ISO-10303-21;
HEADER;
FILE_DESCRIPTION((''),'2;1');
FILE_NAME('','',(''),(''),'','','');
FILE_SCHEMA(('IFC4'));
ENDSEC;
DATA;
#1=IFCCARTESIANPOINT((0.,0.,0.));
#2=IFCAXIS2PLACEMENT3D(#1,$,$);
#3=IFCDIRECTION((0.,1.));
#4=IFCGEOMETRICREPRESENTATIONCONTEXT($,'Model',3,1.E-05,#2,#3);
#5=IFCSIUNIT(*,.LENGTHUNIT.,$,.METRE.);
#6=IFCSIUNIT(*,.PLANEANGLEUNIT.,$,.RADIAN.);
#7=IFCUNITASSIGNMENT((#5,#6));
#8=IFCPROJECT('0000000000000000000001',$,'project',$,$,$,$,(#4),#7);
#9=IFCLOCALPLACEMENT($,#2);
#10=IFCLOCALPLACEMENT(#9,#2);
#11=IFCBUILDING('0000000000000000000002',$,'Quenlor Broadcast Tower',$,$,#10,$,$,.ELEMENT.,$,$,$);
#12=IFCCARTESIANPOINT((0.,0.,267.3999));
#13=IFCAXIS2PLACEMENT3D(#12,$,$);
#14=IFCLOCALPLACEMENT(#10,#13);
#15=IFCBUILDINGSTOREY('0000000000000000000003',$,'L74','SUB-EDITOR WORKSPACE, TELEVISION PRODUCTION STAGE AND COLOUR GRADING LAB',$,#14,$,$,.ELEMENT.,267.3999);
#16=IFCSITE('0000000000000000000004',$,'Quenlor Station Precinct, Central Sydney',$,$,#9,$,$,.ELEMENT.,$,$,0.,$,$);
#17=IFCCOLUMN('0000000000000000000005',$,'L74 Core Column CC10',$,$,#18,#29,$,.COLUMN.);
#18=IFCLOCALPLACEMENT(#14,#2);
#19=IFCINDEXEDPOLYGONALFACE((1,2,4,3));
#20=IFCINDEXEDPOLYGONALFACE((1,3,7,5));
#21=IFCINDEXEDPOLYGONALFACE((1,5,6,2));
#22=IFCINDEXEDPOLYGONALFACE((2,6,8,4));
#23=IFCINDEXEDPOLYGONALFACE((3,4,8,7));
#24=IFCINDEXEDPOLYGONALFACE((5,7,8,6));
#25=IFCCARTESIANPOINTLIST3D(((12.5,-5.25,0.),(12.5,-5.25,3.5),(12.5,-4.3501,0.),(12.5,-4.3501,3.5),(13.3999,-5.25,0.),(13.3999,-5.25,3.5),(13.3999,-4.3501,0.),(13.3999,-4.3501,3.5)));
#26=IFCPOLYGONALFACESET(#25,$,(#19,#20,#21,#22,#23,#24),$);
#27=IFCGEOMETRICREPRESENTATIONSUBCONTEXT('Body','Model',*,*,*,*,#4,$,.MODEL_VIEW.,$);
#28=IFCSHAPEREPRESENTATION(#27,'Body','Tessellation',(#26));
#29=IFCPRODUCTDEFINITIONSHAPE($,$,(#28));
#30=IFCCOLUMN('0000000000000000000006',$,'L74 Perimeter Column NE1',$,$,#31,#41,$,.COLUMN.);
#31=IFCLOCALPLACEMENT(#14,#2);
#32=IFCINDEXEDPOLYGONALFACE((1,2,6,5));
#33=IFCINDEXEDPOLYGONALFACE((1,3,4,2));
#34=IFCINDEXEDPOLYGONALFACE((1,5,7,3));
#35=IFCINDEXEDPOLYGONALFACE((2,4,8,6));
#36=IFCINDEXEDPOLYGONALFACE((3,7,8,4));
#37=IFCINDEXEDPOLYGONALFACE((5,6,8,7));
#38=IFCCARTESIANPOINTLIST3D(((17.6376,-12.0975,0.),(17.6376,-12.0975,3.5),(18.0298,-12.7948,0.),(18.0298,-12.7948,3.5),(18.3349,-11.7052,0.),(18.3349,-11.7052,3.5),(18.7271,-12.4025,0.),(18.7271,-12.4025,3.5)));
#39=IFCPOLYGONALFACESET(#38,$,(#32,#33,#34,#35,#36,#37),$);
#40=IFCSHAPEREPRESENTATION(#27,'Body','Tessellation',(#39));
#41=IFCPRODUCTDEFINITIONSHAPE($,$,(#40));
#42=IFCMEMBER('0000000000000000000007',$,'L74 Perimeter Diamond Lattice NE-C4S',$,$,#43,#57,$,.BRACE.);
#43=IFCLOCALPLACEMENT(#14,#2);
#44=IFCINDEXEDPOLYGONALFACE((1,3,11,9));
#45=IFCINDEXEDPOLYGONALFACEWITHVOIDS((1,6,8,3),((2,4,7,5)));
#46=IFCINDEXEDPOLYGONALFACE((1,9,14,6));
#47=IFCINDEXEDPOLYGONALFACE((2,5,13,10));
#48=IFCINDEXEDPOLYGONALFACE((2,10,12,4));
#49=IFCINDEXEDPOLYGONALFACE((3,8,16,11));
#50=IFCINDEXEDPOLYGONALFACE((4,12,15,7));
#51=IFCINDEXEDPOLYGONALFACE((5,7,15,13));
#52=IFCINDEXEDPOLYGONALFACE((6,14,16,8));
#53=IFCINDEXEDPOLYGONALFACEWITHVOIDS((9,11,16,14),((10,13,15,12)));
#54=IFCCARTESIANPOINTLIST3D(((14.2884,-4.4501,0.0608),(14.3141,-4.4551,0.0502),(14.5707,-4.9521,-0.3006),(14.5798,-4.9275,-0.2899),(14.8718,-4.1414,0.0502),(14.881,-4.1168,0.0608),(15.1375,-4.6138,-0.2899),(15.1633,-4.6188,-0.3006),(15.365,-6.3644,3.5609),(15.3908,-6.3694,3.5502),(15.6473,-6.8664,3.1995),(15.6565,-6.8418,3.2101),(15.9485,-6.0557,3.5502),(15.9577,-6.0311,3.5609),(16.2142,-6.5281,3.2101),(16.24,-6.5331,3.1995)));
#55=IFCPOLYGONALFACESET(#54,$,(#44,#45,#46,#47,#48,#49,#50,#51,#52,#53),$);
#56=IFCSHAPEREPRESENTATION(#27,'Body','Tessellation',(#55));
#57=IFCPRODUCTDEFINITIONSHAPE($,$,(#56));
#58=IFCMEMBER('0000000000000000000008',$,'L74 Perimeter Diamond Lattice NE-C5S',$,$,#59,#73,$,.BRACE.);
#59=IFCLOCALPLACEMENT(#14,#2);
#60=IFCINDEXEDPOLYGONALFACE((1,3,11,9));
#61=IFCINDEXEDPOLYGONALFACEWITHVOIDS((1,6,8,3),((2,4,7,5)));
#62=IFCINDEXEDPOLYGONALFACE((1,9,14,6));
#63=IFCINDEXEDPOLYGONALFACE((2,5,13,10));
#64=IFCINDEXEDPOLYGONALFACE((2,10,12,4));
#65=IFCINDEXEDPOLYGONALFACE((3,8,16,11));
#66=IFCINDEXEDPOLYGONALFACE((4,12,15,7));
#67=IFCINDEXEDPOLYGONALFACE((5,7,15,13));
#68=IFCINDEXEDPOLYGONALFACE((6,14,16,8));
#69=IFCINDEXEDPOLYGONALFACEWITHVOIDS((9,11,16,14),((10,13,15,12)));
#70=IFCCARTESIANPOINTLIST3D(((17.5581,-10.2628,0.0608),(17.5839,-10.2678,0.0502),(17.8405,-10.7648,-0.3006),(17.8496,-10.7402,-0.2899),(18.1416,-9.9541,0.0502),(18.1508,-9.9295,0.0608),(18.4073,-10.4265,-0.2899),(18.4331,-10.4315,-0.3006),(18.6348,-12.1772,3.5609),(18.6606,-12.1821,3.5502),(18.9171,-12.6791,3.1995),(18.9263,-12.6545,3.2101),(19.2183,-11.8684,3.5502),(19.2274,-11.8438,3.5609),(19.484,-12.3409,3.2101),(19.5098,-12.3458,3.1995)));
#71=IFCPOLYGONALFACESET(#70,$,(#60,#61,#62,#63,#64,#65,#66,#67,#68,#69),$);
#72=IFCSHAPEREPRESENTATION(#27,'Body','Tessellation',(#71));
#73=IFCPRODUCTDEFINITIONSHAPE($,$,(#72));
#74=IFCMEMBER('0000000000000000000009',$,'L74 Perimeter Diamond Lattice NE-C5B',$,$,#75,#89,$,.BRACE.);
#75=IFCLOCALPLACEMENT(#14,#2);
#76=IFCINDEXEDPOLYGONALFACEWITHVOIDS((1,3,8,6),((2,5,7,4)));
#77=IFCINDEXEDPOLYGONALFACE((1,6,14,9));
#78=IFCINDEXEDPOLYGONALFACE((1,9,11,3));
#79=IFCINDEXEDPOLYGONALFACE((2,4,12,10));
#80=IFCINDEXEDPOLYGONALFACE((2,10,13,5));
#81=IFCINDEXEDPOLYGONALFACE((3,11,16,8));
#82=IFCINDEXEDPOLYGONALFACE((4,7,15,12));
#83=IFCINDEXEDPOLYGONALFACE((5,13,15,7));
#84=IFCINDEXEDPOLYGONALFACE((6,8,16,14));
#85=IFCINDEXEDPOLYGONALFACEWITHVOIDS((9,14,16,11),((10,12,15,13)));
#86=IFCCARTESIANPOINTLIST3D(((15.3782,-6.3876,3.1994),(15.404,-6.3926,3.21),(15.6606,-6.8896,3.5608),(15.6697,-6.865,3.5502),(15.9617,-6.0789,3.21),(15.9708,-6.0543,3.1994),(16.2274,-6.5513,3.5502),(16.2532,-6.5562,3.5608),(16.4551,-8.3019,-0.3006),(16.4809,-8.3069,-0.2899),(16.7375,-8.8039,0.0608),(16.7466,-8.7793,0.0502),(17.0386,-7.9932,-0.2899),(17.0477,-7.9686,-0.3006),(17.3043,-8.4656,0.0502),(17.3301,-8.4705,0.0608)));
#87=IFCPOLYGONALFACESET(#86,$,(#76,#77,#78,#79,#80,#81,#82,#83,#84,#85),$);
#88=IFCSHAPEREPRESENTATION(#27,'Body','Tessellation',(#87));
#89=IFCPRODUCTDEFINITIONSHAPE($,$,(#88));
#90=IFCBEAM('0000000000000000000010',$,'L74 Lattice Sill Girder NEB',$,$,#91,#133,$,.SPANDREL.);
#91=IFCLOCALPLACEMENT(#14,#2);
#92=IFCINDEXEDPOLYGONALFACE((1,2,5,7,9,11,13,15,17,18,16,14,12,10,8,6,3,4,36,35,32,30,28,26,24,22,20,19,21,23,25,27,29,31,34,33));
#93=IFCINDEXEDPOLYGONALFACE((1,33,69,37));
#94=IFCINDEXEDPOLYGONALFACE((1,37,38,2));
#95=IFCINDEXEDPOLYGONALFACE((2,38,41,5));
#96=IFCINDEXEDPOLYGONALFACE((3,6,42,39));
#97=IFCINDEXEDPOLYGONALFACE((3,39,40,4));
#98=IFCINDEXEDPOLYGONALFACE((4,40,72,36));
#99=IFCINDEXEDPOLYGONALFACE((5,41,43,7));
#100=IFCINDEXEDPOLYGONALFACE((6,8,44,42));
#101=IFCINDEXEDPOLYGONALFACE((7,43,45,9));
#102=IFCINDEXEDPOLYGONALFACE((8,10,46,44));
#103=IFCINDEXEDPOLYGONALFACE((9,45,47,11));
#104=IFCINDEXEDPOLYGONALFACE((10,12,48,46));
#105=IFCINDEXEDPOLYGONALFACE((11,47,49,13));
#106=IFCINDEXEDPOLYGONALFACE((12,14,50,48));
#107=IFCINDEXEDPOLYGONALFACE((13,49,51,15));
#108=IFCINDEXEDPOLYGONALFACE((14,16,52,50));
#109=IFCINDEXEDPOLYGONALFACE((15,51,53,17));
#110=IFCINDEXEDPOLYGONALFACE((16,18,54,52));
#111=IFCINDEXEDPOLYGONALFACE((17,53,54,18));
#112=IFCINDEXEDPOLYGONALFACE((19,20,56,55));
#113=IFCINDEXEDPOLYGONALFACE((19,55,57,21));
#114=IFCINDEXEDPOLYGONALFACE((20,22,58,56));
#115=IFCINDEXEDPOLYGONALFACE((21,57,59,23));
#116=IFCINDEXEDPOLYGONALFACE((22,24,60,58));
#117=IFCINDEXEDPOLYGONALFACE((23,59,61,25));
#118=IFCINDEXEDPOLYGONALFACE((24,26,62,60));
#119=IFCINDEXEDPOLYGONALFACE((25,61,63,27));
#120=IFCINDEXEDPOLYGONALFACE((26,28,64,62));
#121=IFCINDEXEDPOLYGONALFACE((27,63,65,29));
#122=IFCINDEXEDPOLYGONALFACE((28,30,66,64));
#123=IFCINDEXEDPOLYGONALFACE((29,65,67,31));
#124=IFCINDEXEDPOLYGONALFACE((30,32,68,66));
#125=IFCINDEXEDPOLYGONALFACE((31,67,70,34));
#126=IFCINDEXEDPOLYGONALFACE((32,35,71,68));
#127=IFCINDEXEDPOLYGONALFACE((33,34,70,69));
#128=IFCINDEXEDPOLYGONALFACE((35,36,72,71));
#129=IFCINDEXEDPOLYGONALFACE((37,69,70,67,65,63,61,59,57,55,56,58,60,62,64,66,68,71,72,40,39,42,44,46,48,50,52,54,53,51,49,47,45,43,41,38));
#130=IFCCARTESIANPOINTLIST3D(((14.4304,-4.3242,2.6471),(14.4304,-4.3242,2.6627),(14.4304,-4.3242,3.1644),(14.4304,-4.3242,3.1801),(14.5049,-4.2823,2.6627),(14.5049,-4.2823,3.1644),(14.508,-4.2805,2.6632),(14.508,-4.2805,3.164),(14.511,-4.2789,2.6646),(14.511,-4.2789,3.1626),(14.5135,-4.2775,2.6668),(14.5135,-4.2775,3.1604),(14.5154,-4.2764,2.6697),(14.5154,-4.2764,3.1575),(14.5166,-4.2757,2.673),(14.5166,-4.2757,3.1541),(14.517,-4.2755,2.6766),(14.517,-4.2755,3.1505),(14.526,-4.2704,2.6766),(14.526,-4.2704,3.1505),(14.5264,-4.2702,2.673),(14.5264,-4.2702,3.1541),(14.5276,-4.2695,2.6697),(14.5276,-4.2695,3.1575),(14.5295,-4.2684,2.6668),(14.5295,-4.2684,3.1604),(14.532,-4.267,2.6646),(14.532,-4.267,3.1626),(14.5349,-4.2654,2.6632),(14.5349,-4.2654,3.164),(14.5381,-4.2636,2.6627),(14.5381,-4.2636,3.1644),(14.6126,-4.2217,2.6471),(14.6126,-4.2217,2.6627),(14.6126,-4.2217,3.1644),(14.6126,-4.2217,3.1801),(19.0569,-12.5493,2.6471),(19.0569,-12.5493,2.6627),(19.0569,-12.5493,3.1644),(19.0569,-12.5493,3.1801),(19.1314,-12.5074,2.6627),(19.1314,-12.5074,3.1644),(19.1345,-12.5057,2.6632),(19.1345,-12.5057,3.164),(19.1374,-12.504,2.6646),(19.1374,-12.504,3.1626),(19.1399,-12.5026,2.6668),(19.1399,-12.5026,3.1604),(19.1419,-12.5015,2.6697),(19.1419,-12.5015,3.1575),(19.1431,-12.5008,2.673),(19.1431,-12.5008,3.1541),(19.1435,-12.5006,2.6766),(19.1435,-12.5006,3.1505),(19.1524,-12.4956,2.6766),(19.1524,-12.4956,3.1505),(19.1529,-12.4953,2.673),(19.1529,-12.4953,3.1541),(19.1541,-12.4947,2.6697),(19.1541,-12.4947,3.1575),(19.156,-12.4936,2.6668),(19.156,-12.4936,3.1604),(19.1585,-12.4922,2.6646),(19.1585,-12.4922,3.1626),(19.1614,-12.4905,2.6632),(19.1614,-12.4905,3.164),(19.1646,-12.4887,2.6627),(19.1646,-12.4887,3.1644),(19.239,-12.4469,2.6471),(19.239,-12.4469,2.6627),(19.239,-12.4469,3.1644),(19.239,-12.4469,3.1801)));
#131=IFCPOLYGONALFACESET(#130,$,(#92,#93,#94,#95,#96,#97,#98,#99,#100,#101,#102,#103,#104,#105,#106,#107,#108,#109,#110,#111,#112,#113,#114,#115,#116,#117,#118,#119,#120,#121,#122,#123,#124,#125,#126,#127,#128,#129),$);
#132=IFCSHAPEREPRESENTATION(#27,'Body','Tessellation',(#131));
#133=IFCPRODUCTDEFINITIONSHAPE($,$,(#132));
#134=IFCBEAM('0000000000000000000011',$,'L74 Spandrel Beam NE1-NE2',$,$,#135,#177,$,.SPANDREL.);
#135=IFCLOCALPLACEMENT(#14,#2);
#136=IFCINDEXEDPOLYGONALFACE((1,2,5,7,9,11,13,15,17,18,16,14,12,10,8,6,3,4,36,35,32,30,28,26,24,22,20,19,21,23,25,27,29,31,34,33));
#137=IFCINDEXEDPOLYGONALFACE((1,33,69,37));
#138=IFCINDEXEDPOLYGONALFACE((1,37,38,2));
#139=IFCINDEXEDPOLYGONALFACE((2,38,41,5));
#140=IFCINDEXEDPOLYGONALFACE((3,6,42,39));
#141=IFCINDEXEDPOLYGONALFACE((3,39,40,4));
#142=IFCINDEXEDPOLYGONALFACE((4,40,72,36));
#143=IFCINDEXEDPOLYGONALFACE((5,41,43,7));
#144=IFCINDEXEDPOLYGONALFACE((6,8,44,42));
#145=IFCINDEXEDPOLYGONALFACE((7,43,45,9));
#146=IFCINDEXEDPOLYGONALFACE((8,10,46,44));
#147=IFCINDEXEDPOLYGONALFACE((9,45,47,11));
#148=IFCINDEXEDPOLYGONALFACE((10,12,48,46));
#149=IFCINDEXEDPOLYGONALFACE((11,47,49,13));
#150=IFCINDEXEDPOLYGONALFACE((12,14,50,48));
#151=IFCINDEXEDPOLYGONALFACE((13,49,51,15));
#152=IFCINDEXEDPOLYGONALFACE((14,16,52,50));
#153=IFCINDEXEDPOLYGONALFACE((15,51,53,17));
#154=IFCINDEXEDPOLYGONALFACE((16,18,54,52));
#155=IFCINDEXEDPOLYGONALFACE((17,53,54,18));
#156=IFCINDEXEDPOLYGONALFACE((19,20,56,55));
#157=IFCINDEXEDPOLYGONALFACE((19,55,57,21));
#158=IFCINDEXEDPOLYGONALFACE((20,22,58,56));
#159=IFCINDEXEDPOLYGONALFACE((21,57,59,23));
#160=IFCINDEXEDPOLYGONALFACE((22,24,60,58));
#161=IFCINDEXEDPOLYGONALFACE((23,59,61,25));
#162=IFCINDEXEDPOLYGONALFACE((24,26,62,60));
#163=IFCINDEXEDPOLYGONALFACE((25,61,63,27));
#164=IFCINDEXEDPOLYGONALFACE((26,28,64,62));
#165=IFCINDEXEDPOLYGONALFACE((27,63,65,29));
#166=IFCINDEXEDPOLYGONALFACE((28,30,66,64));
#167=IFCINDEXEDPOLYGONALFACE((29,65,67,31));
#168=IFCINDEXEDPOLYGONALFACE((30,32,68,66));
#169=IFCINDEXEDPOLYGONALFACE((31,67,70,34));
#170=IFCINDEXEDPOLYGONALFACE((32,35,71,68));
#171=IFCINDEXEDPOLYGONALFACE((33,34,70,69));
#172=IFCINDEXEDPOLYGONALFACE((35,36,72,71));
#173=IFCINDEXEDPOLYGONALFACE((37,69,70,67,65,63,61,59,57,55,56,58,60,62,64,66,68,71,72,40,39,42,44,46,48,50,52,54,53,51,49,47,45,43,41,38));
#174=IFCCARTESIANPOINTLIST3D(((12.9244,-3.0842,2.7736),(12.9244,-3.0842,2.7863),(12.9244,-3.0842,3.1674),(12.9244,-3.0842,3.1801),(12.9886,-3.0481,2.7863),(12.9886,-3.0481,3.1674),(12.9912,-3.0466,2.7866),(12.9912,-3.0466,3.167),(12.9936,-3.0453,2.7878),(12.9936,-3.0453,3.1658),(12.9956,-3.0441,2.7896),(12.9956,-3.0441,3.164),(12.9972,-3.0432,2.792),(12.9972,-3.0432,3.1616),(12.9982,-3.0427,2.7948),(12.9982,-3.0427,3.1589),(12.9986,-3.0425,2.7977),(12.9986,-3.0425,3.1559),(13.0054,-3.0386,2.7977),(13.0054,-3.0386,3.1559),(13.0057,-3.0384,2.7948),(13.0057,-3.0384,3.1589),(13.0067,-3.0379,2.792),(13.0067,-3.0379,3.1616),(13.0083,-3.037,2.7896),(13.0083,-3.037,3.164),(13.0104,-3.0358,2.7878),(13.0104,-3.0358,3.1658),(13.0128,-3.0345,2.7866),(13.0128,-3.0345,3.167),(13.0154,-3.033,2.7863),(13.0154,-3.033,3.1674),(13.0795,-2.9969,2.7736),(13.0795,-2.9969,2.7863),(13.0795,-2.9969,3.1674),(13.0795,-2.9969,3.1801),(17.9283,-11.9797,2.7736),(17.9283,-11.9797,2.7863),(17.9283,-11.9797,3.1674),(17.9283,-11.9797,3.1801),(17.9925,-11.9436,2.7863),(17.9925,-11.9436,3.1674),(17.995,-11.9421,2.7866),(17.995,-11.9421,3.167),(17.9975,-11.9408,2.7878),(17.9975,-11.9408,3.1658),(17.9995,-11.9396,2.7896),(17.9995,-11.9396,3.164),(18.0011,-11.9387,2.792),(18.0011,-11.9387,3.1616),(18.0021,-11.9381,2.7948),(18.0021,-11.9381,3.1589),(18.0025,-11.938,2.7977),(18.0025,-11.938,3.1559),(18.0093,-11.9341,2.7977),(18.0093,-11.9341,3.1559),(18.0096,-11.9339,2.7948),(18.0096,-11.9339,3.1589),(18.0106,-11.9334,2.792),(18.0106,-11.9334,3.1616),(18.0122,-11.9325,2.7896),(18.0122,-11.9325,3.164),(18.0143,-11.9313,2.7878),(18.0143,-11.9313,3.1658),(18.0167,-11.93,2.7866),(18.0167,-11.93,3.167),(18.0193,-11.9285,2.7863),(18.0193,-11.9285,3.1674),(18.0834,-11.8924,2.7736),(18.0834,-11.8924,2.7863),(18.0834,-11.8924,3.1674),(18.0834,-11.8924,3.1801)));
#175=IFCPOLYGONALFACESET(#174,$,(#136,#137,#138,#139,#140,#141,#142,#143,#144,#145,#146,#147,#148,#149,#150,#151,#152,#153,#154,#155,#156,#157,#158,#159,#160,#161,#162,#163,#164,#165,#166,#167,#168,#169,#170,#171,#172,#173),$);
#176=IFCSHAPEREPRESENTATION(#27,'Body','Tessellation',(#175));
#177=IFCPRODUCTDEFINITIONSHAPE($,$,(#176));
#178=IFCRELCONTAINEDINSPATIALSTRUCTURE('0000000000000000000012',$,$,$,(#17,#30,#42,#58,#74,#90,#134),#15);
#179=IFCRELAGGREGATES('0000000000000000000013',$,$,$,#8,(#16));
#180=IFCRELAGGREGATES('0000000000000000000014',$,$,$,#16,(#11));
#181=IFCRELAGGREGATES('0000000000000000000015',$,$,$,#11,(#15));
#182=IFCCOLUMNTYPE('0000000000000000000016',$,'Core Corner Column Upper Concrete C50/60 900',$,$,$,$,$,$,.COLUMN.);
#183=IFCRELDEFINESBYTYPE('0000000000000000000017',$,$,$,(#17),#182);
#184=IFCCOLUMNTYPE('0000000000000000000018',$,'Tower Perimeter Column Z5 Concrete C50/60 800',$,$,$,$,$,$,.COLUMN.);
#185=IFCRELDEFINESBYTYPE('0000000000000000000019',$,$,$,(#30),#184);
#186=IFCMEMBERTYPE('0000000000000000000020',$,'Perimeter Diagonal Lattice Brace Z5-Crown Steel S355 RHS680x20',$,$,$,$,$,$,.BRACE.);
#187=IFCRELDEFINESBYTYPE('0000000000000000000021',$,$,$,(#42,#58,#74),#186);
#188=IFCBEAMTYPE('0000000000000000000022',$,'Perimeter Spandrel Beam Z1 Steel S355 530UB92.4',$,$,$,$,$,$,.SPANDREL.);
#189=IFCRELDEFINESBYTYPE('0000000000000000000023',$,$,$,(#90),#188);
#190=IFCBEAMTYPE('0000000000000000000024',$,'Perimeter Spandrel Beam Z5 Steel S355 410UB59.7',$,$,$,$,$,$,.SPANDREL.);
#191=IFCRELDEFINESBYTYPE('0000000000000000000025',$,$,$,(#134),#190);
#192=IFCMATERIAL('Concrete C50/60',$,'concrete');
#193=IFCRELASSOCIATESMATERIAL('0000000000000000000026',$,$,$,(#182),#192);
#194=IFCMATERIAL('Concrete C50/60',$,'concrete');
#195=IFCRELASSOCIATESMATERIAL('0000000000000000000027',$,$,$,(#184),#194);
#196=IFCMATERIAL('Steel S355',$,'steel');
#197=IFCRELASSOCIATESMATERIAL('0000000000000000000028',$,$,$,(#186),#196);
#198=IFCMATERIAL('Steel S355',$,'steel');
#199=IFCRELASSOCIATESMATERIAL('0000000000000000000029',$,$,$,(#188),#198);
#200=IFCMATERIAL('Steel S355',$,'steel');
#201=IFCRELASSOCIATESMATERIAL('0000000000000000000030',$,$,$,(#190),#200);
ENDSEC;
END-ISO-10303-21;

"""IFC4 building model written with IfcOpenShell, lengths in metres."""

from ifc_helpers import new_model, si_unit, direction, frame, origin, origin_2d, place, context, subcontext, project, spatial, rectangle, hollow_rectangle, i_section, extrude, material, material_profile, profile_set, type_object, element, save


model = new_model("IFC4")

# Units and contexts
model_context = context("Model", 3, precision=1e-05, world=origin(), true_north=direction((0.0, 1.0)))
body_context = subcontext(model_context, "Body", "Model", "MODEL_VIEW")
ifc_project = project(units=[si_unit("LENGTHUNIT", "METRE"), si_unit("PLANEANGLEUNIT", "RADIAN")], contexts=[model_context])

# Site, building, storey
site_placement = place(None, origin())
site = spatial("IfcSite", under=ifc_project, at=site_placement, Name="Quenlor Station Precinct, Central Sydney", CompositionType="ELEMENT", RefElevation=0.0)
building_placement = place(site_placement, origin())
building = spatial("IfcBuilding", under=site, at=building_placement, Name="Quenlor Broadcast Tower", CompositionType="ELEMENT")
storey_placement = place(building_placement, frame((0.0, 0.0, 267.3999)))
storey = spatial("IfcBuildingStorey", under=building, at=storey_placement, Name="L74", Description="SUB-EDITOR WORKSPACE, TELEVISION PRODUCTION STAGE AND COLOUR GRADING LAB", CompositionType="ELEMENT", Elevation=267.3999)

# Columns
ifc_material_1 = material(Name="Concrete C50/60", Category="concrete")
ifc_material_profile_1 = material_profile(ifc_material_1, rectangle(XDim=0.8999, YDim=0.8999, at=origin_2d()))
ifc_profile_set_1 = profile_set([ifc_material_profile_1], Name="Concrete C50/60 RC900x900")
column_type_1 = type_object("IfcColumnType", Name="Core Corner Column Upper Concrete C50/60 900", PredefinedType="COLUMN", material=ifc_profile_set_1)
column_1_placement = place(storey_placement, frame((12.95, -4.8, 0.0), z_axis=(0.0, 0.0, 1.0), x_axis=(1.0, 0.0, 0.0)))
element("IfcColumn", 1, at=column_1_placement, inside=storey, type_object=column_type_1, Name="L74 Core Column CC10", PredefinedType="COLUMN", context=body_context, shape_type="SweptSolid", body=[
    extrude(rectangle(XDim=0.8999, YDim=0.8999, at=origin_2d()), origin(), (0.0, 0.0, 1.0), 3.5),
])
ifc_material_2 = material(Name="Concrete C50/60", Category="concrete")
ifc_material_profile_2 = material_profile(ifc_material_2, rectangle(XDim=0.8, YDim=0.8, at=origin_2d()))
ifc_profile_set_2 = profile_set([ifc_material_profile_2], Name="Concrete C50/60 RC800x800")
column_type_2 = type_object("IfcColumnType", Name="Tower Perimeter Column Z5 Concrete C50/60 800", PredefinedType="COLUMN", material=ifc_profile_set_2)
column_2_placement = place(storey_placement, frame((18.1824, -12.25, 0.0), z_axis=(0.0, 0.0, 1.0), x_axis=(0.871575, 0.490262, 0.0)))
element("IfcColumn", 2, at=column_2_placement, inside=storey, type_object=column_type_2, Name="L74 Perimeter Column NE1", PredefinedType="COLUMN", context=body_context, shape_type="SweptSolid", body=[
    extrude(rectangle(XDim=0.8, YDim=0.8, at=origin_2d()), origin(), (0.0, 0.0, 1.0), 3.5),
])

# Members
ifc_material_3 = material(Name="Steel S355", Category="steel")
ifc_material_profile_3 = material_profile(ifc_material_3, hollow_rectangle(XDim=0.6799, YDim=0.6799, WallThickness=0.02, at=origin_2d()))
ifc_profile_set_3 = profile_set([ifc_material_profile_3], Name="Steel S355 RHS680x680x20")
member_type = type_object("IfcMemberType", Name="Perimeter Diagonal Lattice Brace Z5-Crown Steel S355 RHS680x20", PredefinedType="BRACE", material=ifc_profile_set_3)
for number, where, z_axis, x_axis, name in (
    (3, (14.7258, -4.5344, -0.1199), (0.260564, -0.463283, 0.847039), (0.871602, 0.490214, 0.0), "L74 Perimeter Diamond Lattice NE-C4S"),
    (4, (17.9956, -10.3472, -0.1199), (0.260564, -0.463283, 0.847039), (0.871602, 0.490214, 0.0), "L74 Perimeter Diamond Lattice NE-C5S"),
    (5, (16.8926, -8.3862, -0.1199), (-0.260619, 0.463276, 0.847026), (-0.871555, -0.490298, 0.0), "L74 Perimeter Diamond Lattice NE-C5B"),
):
    element("IfcMember", number, at=place(storey_placement, frame(where, z_axis=z_axis, x_axis=x_axis)), inside=storey, type_object=member_type, Name=name, PredefinedType="BRACE", context=body_context, shape_type="SweptSolid", body=[
        extrude(hollow_rectangle(XDim=0.6799, YDim=0.6799, WallThickness=0.02, at=origin_2d()), origin(), (0.0, 0.0, 1.0), 4.1321),
    ])

# Beams
ifc_material_4 = material(Name="Steel S355", Category="steel")
ifc_material_profile_4 = material_profile(ifc_material_4, i_section(OverallWidth=0.209, OverallDepth=0.533, WebThickness=0.0103, FlangeThickness=0.0156, FilletRadius=0.0139, at=origin_2d()))
ifc_profile_set_4 = profile_set([ifc_material_profile_4], Name="Steel S355 530UB92.4")
beam_type_1 = type_object("IfcBeamType", Name="Perimeter Spandrel Beam Z1 Steel S355 530UB92.4", PredefinedType="SPANDREL", material=ifc_profile_set_4)
beam_1_placement = place(storey_placement, frame((14.5215, -4.2729, 2.9136), z_axis=(0.490249, -0.871582, 0.0), x_axis=(0.871582, 0.490249, 0.0)))
element("IfcBeam", 6, at=beam_1_placement, inside=storey, type_object=beam_type_1, Name="L74 Lattice Sill Girder NEB", PredefinedType="SPANDREL", context=body_context, shape_type="SweptSolid", body=[
    extrude(i_section(OverallWidth=0.209, OverallDepth=0.533, WebThickness=0.0103, FlangeThickness=0.0156, FilletRadius=0.0139, at=origin_2d()), origin(), (0.0, 0.0, 1.0), 9.437),
])
ifc_material_5 = material(Name="Steel S355", Category="steel")
ifc_material_profile_5 = material_profile(ifc_material_5, i_section(OverallWidth=0.178, OverallDepth=0.4065, WebThickness=0.0078, FlangeThickness=0.0127, FilletRadius=0.0115, at=origin_2d()))
ifc_profile_set_5 = profile_set([ifc_material_profile_5], Name="Steel S355 410UB59.7")
beam_type_2 = type_object("IfcBeamType", Name="Perimeter Spandrel Beam Z5 Steel S355 410UB59.7", PredefinedType="SPANDREL", material=ifc_profile_set_5)
beam_2_placement = place(storey_placement, frame((18.0059, -11.936, 2.9768), z_axis=(-0.490275, 0.871568, 0.0), x_axis=(-0.871568, -0.490275, 0.0)))
element("IfcBeam", 7, at=beam_2_placement, inside=storey, type_object=beam_type_2, Name="L74 Spandrel Beam NE1-NE2", PredefinedType="SPANDREL", context=body_context, shape_type="SweptSolid", body=[
    extrude(i_section(OverallWidth=0.178, OverallDepth=0.4065, WebThickness=0.0078, FlangeThickness=0.0127, FilletRadius=0.0115, at=origin_2d()), origin(), (0.0, 0.0, 1.0), 10.2063),
])

save(model, "model.ifc")
